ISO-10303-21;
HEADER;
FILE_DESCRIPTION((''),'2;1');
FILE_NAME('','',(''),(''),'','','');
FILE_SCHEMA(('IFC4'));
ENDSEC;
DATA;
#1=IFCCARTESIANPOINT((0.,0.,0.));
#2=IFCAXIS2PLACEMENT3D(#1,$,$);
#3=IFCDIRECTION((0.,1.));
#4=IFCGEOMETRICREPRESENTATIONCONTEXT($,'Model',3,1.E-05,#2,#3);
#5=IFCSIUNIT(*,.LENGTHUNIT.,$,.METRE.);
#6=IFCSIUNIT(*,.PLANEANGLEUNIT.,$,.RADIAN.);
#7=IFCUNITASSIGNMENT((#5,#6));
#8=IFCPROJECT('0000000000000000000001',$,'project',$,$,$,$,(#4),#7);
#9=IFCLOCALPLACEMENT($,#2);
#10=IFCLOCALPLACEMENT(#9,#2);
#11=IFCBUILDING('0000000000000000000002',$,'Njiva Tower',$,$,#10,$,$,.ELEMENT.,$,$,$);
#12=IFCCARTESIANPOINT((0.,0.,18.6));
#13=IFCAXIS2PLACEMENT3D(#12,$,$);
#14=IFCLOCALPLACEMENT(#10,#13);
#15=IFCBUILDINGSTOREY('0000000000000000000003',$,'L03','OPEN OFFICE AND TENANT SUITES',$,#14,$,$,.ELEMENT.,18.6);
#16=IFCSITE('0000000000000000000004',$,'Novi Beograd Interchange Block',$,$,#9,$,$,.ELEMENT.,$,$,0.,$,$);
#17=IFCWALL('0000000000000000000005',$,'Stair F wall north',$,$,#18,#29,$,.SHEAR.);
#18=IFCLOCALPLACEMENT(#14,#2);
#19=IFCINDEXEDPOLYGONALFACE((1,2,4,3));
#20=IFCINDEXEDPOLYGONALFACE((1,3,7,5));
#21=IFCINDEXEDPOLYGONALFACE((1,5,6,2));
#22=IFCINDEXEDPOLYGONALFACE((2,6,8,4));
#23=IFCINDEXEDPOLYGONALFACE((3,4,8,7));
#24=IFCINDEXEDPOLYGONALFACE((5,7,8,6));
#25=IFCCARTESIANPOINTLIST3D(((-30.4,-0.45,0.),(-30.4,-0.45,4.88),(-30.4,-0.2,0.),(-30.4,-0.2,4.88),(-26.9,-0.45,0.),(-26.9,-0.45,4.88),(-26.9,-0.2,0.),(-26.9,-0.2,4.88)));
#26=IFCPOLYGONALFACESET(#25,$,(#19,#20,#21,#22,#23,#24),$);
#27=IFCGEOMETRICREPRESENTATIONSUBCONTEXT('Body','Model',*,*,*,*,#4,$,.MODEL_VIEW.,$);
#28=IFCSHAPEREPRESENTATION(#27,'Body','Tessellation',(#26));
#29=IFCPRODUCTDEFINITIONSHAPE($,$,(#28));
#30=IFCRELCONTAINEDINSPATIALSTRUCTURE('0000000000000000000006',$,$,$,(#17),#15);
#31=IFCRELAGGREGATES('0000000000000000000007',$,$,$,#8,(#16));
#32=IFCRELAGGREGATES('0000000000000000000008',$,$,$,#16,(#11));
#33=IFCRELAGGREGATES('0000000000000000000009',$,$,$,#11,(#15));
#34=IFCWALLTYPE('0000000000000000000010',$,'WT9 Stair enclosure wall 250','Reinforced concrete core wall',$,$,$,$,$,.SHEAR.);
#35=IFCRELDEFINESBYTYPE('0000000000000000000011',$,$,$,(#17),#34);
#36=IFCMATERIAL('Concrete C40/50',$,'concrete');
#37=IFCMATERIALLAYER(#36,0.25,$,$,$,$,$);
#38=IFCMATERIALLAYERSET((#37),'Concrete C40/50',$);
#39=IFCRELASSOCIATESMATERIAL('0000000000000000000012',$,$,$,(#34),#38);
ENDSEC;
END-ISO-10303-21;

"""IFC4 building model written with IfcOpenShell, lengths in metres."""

from ifc_helpers import new_model, si_unit, direction, frame, frame_2d, origin, place, context, subcontext, project, spatial, rectangle, extrude, material, layer, layer_set, type_object, element, save


model = new_model("IFC4")

# Units and contexts
model_context = context("Model", 3, precision=1e-05, world=origin(), true_north=direction((0.0, 1.0)))
body_context = subcontext(model_context, "Body", "Model", "MODEL_VIEW")
ifc_project = project(units=[si_unit("LENGTHUNIT", "METRE"), si_unit("PLANEANGLEUNIT", "RADIAN")], contexts=[model_context])

# Site, building, storey
site_placement = place(None, origin())
site = spatial("IfcSite", under=ifc_project, at=site_placement, Name="Novi Beograd Interchange Block", CompositionType="ELEMENT", RefElevation=0.0)
building_placement = place(site_placement, origin())
building = spatial("IfcBuilding", under=site, at=building_placement, Name="Njiva Tower", CompositionType="ELEMENT")
storey_placement = place(building_placement, frame((0.0, 0.0, 18.6)))
storey = spatial("IfcBuildingStorey", under=building, at=storey_placement, Name="L03", Description="OPEN OFFICE AND TENANT SUITES", CompositionType="ELEMENT", Elevation=18.6)

# Wall
ifc_material_1 = material(Name="Concrete C40/50", Category="concrete")
ifc_layer_1 = layer(ifc_material_1, 0.25)
ifc_layer_set_1 = layer_set([ifc_layer_1], Name="Concrete C40/50")
wall_type_1 = type_object("IfcWallType", Name="WT9 Stair enclosure wall 250", Description="Reinforced concrete core wall", PredefinedType="SHEAR", material=ifc_layer_set_1)
wall_1_placement = place(storey_placement, frame((-30.4, -0.325, 0.0), z_axis=(0.0, 0.0, 1.0), x_axis=(1.0, 0.0, 0.0)))
element("IfcWall", 1, at=wall_1_placement, inside=storey, type_object=wall_type_1, Name="Stair F wall north", PredefinedType="SHEAR", context=body_context, shape_type="SweptSolid", body=[
    extrude(rectangle(XDim=3.5, YDim=0.25, at=frame_2d((1.75, 0.0))), origin(), (0.0, 0.0, 1.0), 4.88),
])

save(model, "model.ifc")
